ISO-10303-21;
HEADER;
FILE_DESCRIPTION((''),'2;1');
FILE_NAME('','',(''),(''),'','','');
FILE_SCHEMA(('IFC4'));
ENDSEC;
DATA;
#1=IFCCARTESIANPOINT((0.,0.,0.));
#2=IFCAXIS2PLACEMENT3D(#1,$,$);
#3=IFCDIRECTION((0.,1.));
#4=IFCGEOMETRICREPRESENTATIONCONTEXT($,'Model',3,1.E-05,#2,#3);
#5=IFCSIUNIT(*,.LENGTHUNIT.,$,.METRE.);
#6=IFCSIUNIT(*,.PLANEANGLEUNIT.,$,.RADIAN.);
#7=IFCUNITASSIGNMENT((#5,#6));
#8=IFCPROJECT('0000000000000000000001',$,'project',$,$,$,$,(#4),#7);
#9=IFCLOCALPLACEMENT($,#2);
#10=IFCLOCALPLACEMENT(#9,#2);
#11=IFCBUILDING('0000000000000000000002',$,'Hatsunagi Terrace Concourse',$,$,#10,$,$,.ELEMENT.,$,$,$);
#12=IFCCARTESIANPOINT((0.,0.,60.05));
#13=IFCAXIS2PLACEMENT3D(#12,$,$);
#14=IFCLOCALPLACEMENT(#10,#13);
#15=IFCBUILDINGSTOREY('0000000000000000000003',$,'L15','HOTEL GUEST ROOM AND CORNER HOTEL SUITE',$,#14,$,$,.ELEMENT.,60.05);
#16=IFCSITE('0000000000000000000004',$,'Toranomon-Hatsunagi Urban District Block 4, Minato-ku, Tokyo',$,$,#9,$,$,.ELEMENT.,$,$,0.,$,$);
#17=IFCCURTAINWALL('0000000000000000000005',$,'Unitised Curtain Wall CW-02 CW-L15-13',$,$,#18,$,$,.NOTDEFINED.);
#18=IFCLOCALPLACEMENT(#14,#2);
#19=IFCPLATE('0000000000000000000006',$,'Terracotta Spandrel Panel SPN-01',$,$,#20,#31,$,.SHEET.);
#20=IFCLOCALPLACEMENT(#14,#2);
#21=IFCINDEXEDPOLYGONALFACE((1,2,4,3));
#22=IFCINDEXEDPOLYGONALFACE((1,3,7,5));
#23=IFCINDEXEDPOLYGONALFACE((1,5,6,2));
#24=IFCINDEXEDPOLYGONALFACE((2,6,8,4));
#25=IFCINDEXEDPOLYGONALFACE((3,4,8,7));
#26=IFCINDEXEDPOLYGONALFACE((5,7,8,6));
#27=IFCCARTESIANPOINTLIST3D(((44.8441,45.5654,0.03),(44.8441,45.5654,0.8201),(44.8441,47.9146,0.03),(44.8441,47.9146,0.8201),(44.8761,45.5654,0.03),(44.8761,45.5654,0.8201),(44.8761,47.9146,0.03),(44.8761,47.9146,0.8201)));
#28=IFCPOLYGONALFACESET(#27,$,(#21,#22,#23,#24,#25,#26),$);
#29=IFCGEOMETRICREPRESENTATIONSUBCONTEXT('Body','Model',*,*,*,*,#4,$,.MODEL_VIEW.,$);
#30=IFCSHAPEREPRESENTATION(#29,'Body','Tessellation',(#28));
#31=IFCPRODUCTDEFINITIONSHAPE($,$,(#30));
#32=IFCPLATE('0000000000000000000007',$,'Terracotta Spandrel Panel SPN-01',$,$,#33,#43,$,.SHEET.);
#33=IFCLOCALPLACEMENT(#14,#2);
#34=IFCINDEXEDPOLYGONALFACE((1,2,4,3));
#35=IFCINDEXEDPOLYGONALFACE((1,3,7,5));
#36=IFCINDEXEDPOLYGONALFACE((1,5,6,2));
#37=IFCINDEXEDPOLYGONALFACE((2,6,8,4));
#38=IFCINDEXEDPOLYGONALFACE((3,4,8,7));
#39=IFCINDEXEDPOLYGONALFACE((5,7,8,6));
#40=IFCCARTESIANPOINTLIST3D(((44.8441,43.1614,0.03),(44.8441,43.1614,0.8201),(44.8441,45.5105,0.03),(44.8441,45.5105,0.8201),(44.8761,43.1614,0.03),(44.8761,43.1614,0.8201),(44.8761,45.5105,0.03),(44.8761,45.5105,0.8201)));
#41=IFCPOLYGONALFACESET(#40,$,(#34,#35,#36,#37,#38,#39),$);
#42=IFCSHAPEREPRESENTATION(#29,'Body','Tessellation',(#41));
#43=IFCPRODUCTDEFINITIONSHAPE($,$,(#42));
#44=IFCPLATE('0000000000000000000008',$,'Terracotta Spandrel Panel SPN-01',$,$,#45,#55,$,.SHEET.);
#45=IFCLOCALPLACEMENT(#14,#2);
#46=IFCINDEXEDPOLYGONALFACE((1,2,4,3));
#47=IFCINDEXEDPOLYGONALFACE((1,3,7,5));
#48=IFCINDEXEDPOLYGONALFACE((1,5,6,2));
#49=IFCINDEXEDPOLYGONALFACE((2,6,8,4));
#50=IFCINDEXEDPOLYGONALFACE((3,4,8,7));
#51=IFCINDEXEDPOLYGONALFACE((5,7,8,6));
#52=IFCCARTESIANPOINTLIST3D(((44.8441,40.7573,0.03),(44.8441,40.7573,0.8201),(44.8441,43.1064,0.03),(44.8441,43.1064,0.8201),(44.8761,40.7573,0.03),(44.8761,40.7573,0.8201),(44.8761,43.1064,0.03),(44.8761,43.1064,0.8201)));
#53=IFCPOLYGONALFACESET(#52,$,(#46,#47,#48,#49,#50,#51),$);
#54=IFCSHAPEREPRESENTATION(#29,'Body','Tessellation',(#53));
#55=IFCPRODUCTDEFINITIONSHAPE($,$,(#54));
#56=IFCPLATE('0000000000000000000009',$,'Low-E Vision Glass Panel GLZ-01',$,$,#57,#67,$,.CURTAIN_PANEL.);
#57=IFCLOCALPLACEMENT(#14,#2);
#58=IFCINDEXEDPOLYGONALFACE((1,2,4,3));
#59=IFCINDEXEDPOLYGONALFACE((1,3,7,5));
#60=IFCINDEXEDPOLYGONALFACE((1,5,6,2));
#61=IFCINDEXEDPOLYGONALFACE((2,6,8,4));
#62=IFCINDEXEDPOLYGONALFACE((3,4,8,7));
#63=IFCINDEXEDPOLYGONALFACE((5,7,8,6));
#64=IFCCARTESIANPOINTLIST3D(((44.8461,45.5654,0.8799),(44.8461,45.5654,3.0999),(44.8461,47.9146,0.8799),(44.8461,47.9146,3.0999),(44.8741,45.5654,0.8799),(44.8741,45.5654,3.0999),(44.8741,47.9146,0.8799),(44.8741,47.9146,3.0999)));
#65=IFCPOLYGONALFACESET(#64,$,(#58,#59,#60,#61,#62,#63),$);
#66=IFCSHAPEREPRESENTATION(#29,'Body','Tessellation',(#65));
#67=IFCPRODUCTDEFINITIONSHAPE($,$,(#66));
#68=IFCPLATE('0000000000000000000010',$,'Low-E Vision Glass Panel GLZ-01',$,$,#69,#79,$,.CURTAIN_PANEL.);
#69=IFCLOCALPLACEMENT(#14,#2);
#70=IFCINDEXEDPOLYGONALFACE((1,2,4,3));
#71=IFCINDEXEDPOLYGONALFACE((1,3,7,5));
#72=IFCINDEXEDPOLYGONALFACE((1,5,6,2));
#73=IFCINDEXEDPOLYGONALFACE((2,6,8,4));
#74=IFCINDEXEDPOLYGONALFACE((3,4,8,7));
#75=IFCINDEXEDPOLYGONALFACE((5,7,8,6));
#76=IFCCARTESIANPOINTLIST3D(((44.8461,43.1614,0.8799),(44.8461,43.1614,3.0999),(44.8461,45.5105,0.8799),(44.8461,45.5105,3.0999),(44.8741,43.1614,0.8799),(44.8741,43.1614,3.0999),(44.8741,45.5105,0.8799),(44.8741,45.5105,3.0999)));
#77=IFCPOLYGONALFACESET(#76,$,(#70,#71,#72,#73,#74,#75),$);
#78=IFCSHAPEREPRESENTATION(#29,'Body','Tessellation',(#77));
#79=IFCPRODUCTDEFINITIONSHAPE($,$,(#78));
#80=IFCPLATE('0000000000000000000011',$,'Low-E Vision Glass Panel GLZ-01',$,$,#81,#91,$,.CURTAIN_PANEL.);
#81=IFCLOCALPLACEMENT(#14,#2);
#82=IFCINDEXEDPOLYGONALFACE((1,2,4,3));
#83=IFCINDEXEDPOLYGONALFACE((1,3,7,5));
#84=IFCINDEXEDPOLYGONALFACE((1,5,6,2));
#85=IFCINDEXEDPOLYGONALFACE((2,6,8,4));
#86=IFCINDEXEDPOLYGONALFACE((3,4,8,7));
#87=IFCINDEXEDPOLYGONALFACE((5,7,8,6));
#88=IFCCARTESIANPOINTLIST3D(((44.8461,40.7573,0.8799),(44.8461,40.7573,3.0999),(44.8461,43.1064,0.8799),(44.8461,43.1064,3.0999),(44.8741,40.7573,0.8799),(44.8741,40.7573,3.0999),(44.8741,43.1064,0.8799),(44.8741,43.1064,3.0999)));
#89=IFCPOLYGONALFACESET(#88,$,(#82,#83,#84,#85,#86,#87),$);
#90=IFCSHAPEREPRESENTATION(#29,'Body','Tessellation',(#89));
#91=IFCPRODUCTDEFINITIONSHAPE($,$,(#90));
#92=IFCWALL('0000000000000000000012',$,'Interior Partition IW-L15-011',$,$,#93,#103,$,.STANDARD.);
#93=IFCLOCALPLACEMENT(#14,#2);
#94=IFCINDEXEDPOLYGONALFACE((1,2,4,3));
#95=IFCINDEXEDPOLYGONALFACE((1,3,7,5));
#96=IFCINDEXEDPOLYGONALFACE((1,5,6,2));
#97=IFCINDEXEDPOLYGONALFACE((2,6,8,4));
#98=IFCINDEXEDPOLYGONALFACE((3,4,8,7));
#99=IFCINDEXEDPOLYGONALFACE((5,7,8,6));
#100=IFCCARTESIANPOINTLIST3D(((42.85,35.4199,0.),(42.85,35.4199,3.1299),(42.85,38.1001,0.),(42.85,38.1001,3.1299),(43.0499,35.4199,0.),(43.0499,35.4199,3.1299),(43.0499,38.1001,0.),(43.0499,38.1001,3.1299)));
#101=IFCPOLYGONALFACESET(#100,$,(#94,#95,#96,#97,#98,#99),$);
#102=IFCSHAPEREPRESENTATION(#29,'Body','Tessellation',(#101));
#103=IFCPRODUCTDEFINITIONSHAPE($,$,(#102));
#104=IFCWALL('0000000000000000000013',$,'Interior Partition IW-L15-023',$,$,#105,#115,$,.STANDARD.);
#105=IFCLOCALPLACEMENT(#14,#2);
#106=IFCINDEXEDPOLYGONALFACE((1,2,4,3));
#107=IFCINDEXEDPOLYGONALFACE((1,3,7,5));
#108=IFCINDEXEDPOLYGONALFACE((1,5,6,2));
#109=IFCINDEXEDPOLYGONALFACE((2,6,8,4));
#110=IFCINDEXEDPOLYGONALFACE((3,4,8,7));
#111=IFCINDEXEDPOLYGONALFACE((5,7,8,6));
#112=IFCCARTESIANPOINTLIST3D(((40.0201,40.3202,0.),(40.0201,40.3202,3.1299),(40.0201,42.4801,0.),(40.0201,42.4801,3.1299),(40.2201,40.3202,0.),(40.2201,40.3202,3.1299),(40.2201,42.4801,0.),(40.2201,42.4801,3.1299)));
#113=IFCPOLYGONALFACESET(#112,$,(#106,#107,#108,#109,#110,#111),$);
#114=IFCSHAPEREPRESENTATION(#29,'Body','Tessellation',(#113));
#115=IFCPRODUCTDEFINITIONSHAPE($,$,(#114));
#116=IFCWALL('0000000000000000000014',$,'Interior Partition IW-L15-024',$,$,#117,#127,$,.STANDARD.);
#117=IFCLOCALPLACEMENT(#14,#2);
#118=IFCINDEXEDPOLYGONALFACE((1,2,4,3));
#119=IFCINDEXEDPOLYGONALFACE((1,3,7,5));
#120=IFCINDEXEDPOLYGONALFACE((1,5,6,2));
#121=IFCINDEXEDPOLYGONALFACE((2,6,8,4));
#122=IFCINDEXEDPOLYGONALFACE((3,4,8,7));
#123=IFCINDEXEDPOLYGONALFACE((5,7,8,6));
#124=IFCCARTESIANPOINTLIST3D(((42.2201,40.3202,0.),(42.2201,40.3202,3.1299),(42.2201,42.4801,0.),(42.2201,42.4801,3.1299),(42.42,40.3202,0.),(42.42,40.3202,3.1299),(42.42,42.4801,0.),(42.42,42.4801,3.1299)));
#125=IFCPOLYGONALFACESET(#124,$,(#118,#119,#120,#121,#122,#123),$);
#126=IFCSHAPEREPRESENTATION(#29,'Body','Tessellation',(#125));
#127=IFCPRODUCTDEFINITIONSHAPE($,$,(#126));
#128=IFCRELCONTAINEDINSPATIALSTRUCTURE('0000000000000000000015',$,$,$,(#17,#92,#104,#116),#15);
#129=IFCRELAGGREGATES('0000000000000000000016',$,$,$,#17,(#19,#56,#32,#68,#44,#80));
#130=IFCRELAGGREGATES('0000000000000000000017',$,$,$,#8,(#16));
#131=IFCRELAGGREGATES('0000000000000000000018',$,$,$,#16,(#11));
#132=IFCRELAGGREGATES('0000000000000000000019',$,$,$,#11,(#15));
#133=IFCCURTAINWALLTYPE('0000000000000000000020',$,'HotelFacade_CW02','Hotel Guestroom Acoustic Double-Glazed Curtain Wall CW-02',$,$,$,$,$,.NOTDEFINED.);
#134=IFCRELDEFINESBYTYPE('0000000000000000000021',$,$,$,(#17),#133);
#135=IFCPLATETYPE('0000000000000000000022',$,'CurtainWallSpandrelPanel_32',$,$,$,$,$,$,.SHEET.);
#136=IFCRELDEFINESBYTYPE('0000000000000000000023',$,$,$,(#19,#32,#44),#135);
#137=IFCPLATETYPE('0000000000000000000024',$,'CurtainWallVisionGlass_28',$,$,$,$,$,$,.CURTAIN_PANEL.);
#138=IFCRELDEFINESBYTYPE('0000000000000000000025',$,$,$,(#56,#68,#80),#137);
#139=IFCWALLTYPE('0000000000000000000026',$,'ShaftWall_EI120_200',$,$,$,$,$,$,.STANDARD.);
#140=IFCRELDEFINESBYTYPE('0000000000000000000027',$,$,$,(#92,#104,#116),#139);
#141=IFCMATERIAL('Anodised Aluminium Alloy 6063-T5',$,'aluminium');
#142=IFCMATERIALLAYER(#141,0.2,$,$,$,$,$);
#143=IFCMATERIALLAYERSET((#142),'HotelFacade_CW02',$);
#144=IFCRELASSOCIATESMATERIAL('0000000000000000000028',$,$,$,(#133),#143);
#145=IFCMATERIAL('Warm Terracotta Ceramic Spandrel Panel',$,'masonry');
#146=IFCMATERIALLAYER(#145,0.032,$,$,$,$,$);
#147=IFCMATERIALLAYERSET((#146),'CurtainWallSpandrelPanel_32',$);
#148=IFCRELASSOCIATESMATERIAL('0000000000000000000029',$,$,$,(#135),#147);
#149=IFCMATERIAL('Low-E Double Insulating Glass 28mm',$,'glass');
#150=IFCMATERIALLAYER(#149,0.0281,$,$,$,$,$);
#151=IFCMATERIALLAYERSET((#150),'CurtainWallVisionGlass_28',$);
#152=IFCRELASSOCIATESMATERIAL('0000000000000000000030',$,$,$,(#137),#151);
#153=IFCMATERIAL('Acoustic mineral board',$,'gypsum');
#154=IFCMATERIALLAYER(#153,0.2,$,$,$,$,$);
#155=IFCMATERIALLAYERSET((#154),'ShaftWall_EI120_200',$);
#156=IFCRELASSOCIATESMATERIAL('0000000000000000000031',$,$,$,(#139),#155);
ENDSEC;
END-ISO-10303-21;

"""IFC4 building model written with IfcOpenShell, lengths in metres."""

from ifc_helpers import new_model, si_unit, direction, frame, frame_2d, origin, origin_2d, place, context, subcontext, project, spatial, rectangle, extrude, material, layer, layer_set, type_object, element, aggregate, save


model = new_model("IFC4")

# Units and contexts
model_context = context("Model", 3, precision=1e-05, world=origin(), true_north=direction((0.0, 1.0)))
body_context = subcontext(model_context, "Body", "Model", "MODEL_VIEW")
ifc_project = project(units=[si_unit("LENGTHUNIT", "METRE"), si_unit("PLANEANGLEUNIT", "RADIAN")], contexts=[model_context])

# Site, building, storey
site_placement = place(None, origin())
site = spatial("IfcSite", under=ifc_project, at=site_placement, Name="Toranomon-Hatsunagi Urban District Block 4, Minato-ku, Tokyo", CompositionType="ELEMENT", RefElevation=0.0)
building_placement = place(site_placement, origin())
building = spatial("IfcBuilding", under=site, at=building_placement, Name="Hatsunagi Terrace Concourse", CompositionType="ELEMENT")
storey_placement = place(building_placement, frame((0.0, 0.0, 60.05)))
storey = spatial("IfcBuildingStorey", under=building, at=storey_placement, Name="L15", Description="HOTEL GUEST ROOM AND CORNER HOTEL SUITE", CompositionType="ELEMENT", Elevation=60.05)

# Curtain wall
ifc_material_1 = material(Name="Anodised Aluminium Alloy 6063-T5", Category="aluminium")
ifc_layer_1 = layer(ifc_material_1, 0.2)
ifc_layer_set_1 = layer_set([ifc_layer_1], Name="HotelFacade_CW02")
curtain_wall_type = type_object("IfcCurtainWallType", Name="HotelFacade_CW02", Description="Hotel Guestroom Acoustic Double-Glazed Curtain Wall CW-02", PredefinedType="NOTDEFINED", material=ifc_layer_set_1)
curtain_wall_placement = place(storey_placement, origin())
curtain_wall = element("IfcCurtainWall", 1, at=curtain_wall_placement, inside=storey, type_object=curtain_wall_type, Name="Unitised Curtain Wall CW-02 CW-L15-13", PredefinedType="NOTDEFINED")

# Plates
ifc_material_2 = material(Name="Warm Terracotta Ceramic Spandrel Panel", Category="masonry")
ifc_layer_2 = layer(ifc_material_2, 0.032)
ifc_layer_set_2 = layer_set([ifc_layer_2], Name="CurtainWallSpandrelPanel_32")
plate_type_1 = type_object("IfcPlateType", Name="CurtainWallSpandrelPanel_32", PredefinedType="SHEET", material=ifc_layer_set_2)
plate_1_placement = place(storey_placement, frame((44.8601, 46.74, 0.03), z_axis=(0.0, 0.0, 1.0), x_axis=(0.0, -1.0, 0.0)))
plate_1 = element("IfcPlate", 2, at=plate_1_placement, type_object=plate_type_1, Name="Terracotta Spandrel Panel SPN-01", PredefinedType="SHEET", context=body_context, shape_type="SweptSolid", body=[
    extrude(rectangle(XDim=2.3491, YDim=0.032, at=origin_2d()), origin(), (0.0, 0.0, 1.0), 0.79),
])
plate_2_placement = place(storey_placement, frame((44.8601, 44.3359, 0.03), z_axis=(0.0, 0.0, 1.0), x_axis=(0.0, -1.0, 0.0)))
plate_2 = element("IfcPlate", 3, at=plate_2_placement, type_object=plate_type_1, Name="Terracotta Spandrel Panel SPN-01", PredefinedType="SHEET", context=body_context, shape_type="SweptSolid", body=[
    extrude(rectangle(XDim=2.3491, YDim=0.032, at=origin_2d()), origin(), (0.0, 0.0, 1.0), 0.79),
])
plate_3_placement = place(storey_placement, frame((44.8601, 41.9319, 0.03), z_axis=(0.0, 0.0, 1.0), x_axis=(0.0, -1.0, 0.0)))
plate_3 = element("IfcPlate", 4, at=plate_3_placement, type_object=plate_type_1, Name="Terracotta Spandrel Panel SPN-01", PredefinedType="SHEET", context=body_context, shape_type="SweptSolid", body=[
    extrude(rectangle(XDim=2.3491, YDim=0.032, at=origin_2d()), origin(), (0.0, 0.0, 1.0), 0.79),
])
ifc_material_3 = material(Name="Low-E Double Insulating Glass 28mm", Category="glass")
ifc_layer_3 = layer(ifc_material_3, 0.0281)
ifc_layer_set_3 = layer_set([ifc_layer_3], Name="CurtainWallVisionGlass_28")
plate_type_2 = type_object("IfcPlateType", Name="CurtainWallVisionGlass_28", PredefinedType="CURTAIN_PANEL", material=ifc_layer_set_3)
plate_4_placement = place(storey_placement, frame((44.8601, 46.74, 0.8799), z_axis=(0.0, 0.0, 1.0), x_axis=(0.0, -1.0, 0.0)))
plate_4 = element("IfcPlate", 5, at=plate_4_placement, type_object=plate_type_2, Name="Low-E Vision Glass Panel GLZ-01", PredefinedType="CURTAIN_PANEL", context=body_context, shape_type="SweptSolid", body=[
    extrude(rectangle(XDim=2.3491, YDim=0.0281, at=origin_2d()), origin(), (0.0, 0.0, 1.0), 2.22),
])
plate_5_placement = place(storey_placement, frame((44.8601, 44.3359, 0.8799), z_axis=(0.0, 0.0, 1.0), x_axis=(0.0, -1.0, 0.0)))
plate_5 = element("IfcPlate", 6, at=plate_5_placement, type_object=plate_type_2, Name="Low-E Vision Glass Panel GLZ-01", PredefinedType="CURTAIN_PANEL", context=body_context, shape_type="SweptSolid", body=[
    extrude(rectangle(XDim=2.3491, YDim=0.0281, at=origin_2d()), origin(), (0.0, 0.0, 1.0), 2.22),
])
plate_6_placement = place(storey_placement, frame((44.8601, 41.9319, 0.8799), z_axis=(0.0, 0.0, 1.0), x_axis=(0.0, -1.0, 0.0)))
plate_6 = element("IfcPlate", 7, at=plate_6_placement, type_object=plate_type_2, Name="Low-E Vision Glass Panel GLZ-01", PredefinedType="CURTAIN_PANEL", context=body_context, shape_type="SweptSolid", body=[
    extrude(rectangle(XDim=2.3491, YDim=0.0281, at=origin_2d()), origin(), (0.0, 0.0, 1.0), 2.22),
])
aggregate(curtain_wall, [plate_1, plate_4, plate_2, plate_5, plate_3, plate_6])

# Walls
ifc_material_4 = material(Name="Acoustic mineral board", Category="gypsum")
ifc_layer_4 = layer(ifc_material_4, 0.2)
ifc_layer_set_4 = layer_set([ifc_layer_4], Name="ShaftWall_EI120_200")
wall_type_1 = type_object("IfcWallType", Name="ShaftWall_EI120_200", PredefinedType="STANDARD", material=ifc_layer_set_4)
wall_1_placement = place(storey_placement, frame((42.95, 35.4199, 0.0), z_axis=(0.0, 0.0, 1.0), x_axis=(0.0, 1.0, 0.0)))
element("IfcWall", 8, at=wall_1_placement, inside=storey, type_object=wall_type_1, Name="Interior Partition IW-L15-011", PredefinedType="STANDARD", context=body_context, shape_type="SweptSolid", body=[
    extrude(rectangle(XDim=2.6802, YDim=0.2, at=frame_2d((1.3401, 0.0))), origin(), (0.0, 0.0, 1.0), 3.1299),
])
for number, where, z_axis, x_axis, name in (
    (9, (40.1201, 40.3201, 0.0), (0.0, 0.0, 1.0), (0.0, 1.0, 0.0), "Interior Partition IW-L15-023"),
    (10, (42.3201, 40.3201, 0.0), (0.0, 0.0, 1.0), (0.0, 1.0, 0.0), "Interior Partition IW-L15-024"),
):
    element("IfcWall", number, at=place(storey_placement, frame(where, z_axis=z_axis, x_axis=x_axis)), inside=storey, type_object=wall_type_1, Name=name, PredefinedType="STANDARD", context=body_context, shape_type="SweptSolid", body=[
        extrude(rectangle(XDim=2.1599, YDim=0.2, at=frame_2d((1.0801, 0.0))), origin(), (0.0, 0.0, 1.0), 3.1299),
    ])

save(model, "model.ifc")
